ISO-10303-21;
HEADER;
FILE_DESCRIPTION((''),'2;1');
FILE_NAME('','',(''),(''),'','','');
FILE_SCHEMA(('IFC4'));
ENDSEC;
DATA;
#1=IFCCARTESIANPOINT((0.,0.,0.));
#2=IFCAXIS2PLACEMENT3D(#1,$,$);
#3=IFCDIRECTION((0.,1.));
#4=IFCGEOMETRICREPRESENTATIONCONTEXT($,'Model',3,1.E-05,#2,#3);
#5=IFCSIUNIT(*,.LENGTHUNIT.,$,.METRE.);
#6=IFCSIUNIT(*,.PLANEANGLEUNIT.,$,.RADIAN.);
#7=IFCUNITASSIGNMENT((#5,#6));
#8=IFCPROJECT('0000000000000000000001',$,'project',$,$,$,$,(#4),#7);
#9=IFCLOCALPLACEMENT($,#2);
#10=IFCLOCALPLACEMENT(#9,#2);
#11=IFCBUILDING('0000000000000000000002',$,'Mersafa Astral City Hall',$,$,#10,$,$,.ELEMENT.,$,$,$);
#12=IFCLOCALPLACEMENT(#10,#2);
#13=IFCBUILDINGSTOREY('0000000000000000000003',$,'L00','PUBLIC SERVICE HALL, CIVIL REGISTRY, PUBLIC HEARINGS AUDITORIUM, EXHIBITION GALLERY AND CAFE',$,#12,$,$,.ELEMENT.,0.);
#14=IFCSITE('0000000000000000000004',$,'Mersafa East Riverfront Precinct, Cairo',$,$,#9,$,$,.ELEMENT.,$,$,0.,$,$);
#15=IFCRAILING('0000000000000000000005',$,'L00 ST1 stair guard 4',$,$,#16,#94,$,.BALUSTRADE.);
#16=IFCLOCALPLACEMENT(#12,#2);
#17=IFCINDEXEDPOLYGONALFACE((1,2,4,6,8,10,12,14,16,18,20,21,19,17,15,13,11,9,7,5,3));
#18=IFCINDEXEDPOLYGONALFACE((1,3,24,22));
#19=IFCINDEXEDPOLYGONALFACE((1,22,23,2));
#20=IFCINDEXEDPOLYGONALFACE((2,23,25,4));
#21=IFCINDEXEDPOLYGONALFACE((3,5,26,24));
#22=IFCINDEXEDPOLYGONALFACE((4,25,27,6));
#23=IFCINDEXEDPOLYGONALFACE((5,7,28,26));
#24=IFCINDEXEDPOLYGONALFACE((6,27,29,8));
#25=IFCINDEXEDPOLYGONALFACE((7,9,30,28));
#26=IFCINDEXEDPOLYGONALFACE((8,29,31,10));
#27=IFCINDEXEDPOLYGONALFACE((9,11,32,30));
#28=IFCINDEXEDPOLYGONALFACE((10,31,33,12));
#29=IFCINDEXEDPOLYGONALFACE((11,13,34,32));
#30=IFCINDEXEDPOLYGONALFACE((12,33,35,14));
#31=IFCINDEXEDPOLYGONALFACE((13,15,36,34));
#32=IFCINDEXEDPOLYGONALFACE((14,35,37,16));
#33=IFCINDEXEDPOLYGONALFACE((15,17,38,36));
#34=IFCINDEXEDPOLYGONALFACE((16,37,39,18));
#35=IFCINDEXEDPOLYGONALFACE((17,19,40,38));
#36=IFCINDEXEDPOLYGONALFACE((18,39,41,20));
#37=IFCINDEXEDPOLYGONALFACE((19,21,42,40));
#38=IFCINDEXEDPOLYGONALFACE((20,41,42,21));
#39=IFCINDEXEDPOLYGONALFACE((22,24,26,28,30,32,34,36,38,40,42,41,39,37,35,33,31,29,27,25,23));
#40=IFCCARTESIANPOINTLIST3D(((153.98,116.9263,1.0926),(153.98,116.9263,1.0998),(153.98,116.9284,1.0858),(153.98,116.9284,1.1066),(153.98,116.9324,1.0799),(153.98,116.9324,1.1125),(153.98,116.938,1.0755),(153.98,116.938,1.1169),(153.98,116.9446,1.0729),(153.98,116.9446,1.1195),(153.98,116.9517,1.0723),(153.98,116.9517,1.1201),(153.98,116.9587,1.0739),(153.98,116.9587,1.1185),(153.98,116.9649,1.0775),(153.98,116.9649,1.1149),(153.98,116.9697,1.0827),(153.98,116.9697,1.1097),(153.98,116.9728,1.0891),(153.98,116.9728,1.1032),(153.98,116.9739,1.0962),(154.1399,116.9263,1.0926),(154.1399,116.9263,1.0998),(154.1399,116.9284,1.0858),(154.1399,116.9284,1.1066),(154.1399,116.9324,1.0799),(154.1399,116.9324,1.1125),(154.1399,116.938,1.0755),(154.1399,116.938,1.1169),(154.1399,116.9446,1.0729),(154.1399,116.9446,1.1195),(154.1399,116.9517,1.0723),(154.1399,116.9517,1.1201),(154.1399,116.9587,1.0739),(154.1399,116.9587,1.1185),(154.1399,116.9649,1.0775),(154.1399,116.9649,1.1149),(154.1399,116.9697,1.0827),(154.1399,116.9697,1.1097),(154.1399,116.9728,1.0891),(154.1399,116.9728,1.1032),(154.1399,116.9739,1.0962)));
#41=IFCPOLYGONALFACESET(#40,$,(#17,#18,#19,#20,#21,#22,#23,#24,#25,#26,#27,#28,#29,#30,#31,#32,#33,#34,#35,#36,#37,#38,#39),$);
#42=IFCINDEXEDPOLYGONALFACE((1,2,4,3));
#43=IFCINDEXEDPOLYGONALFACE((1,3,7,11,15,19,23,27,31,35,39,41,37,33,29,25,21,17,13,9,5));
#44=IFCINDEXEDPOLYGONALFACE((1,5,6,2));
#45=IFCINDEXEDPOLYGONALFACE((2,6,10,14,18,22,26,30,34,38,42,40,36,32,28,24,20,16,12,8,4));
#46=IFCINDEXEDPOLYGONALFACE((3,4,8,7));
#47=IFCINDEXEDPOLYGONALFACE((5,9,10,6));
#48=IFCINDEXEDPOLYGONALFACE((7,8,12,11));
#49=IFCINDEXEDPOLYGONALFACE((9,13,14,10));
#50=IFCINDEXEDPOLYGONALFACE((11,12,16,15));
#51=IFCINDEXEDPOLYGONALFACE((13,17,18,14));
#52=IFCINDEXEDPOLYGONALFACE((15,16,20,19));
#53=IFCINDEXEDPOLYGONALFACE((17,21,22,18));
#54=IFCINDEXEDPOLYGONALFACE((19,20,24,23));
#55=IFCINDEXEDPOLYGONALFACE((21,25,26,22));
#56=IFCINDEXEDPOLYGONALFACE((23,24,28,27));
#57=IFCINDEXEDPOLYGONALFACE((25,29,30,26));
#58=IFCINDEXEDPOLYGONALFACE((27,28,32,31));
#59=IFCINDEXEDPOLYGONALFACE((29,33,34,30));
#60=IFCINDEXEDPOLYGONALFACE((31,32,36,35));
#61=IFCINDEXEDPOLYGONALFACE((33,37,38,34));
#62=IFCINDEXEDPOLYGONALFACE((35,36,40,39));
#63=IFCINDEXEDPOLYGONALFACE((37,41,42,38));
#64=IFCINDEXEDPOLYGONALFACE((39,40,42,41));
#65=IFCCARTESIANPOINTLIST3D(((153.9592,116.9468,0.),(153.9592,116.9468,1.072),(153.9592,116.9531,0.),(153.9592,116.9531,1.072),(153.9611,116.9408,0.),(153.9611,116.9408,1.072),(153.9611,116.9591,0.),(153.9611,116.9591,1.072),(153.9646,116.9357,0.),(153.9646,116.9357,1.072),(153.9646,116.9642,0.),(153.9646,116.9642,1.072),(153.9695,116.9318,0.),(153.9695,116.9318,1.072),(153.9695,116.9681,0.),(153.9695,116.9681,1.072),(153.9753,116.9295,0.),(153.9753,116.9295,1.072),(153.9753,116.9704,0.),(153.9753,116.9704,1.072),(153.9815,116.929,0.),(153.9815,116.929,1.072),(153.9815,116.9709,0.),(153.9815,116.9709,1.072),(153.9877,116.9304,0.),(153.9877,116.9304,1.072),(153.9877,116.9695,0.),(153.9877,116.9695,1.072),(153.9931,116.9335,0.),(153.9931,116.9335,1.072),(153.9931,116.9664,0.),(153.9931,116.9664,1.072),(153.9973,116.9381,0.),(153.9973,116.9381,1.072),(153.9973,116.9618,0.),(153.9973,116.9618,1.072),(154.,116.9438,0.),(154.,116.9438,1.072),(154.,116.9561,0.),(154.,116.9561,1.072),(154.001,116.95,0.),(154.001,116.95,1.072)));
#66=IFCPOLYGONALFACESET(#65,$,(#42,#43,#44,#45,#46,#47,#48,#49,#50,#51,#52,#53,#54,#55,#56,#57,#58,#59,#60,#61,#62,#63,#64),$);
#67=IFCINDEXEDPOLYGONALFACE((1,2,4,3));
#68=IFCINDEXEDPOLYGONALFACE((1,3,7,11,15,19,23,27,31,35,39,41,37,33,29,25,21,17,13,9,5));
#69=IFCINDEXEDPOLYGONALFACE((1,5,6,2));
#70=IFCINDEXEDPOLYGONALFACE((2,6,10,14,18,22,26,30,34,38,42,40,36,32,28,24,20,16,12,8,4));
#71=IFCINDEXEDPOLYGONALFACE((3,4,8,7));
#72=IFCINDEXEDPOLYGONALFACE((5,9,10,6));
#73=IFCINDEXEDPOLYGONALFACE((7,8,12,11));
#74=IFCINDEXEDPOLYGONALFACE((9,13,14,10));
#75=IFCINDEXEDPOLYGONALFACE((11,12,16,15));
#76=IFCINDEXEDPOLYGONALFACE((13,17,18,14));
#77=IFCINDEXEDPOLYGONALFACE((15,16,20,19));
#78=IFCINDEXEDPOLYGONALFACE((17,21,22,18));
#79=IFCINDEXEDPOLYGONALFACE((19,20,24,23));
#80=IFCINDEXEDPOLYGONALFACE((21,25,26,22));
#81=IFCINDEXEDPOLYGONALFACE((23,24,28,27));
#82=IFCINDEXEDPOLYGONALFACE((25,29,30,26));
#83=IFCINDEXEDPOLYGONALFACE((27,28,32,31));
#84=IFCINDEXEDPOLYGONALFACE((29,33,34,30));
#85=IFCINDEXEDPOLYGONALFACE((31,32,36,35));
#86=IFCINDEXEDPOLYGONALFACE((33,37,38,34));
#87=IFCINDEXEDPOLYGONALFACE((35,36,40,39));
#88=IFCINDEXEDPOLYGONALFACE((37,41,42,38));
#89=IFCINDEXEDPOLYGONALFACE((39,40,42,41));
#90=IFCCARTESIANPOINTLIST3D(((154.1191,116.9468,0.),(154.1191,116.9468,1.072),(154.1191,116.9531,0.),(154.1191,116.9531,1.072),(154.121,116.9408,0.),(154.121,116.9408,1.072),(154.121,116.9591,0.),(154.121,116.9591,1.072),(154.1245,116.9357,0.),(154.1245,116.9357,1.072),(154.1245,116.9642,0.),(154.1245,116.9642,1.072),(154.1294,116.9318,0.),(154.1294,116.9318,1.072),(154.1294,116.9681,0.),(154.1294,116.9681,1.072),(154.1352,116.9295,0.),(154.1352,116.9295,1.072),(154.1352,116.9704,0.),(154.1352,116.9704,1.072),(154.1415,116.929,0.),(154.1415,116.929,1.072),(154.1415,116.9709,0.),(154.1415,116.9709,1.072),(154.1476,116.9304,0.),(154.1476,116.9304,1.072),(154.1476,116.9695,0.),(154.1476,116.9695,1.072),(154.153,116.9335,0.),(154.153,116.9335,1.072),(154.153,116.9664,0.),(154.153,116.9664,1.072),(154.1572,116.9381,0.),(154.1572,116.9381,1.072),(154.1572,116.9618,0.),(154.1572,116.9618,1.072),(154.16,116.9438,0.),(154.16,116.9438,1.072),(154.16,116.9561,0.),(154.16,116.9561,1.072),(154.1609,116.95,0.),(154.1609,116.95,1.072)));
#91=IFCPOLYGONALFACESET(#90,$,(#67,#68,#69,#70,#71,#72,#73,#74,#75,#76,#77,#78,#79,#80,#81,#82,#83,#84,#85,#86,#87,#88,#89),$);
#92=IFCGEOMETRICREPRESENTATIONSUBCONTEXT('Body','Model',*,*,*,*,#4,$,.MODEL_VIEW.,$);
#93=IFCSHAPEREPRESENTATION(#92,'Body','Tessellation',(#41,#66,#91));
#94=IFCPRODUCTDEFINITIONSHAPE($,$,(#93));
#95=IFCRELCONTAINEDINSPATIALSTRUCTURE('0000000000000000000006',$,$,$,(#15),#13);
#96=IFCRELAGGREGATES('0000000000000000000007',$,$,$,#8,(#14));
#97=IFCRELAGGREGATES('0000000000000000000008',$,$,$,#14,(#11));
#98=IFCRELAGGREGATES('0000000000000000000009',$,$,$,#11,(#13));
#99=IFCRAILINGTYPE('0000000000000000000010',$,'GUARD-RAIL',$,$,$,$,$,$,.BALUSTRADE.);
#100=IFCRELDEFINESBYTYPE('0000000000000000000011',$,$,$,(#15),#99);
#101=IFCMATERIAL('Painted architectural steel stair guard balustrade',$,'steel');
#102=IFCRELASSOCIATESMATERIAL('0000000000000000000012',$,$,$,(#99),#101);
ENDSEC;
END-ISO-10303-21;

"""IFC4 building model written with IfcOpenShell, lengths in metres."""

from ifc_helpers import new_model, si_unit, direction, frame, origin, origin_2d, place, context, subcontext, project, spatial, circle, extrude, material, type_object, element, save


model = new_model("IFC4")

# Units and contexts
model_context = context("Model", 3, precision=1e-05, world=origin(), true_north=direction((0.0, 1.0)))
body_context = subcontext(model_context, "Body", "Model", "MODEL_VIEW")
ifc_project = project(units=[si_unit("LENGTHUNIT", "METRE"), si_unit("PLANEANGLEUNIT", "RADIAN")], contexts=[model_context])

# Site, building, storey
site_placement = place(None, origin())
site = spatial("IfcSite", under=ifc_project, at=site_placement, Name="Mersafa East Riverfront Precinct, Cairo", CompositionType="ELEMENT", RefElevation=0.0)
building_placement = place(site_placement, origin())
building = spatial("IfcBuilding", under=site, at=building_placement, Name="Mersafa Astral City Hall", CompositionType="ELEMENT")
storey_placement = place(building_placement, origin())
storey = spatial("IfcBuildingStorey", under=building, at=storey_placement, Name="L00", Description="PUBLIC SERVICE HALL, CIVIL REGISTRY, PUBLIC HEARINGS AUDITORIUM, EXHIBITION GALLERY AND CAFE", CompositionType="ELEMENT", Elevation=0.0)

# Railing
ifc_material_1 = material(Name="Painted architectural steel stair guard balustrade", Category="steel")
railing_type_1 = type_object("IfcRailingType", Name="GUARD-RAIL", PredefinedType="BALUSTRADE", material=ifc_material_1)
railing_1_placement = place(storey_placement, frame((153.98, 116.95, 0.0)))
element("IfcRailing", 1, at=railing_1_placement, inside=storey, type_object=railing_type_1, Name="L00 ST1 stair guard 4", PredefinedType="BALUSTRADE", context=body_context, shape_type="SweptSolid", body=[
    extrude(circle(Radius=0.0239, at=origin_2d()), frame((0.0, 0.0, 1.0962), z_axis=(1.0, 0.0, 0.0), x_axis=(0.0, 1.0, 0.0)), (0.0, 0.0, 1.0), 0.1599),
    extrude(circle(Radius=0.021, at=origin_2d()), origin(), (0.0, 0.0, 1.0), 1.072),
    extrude(circle(Radius=0.021, at=origin_2d()), frame((0.1599, 0.0, 0.0)), (0.0, 0.0, 1.0), 1.072),
])

save(model, "model.ifc")
